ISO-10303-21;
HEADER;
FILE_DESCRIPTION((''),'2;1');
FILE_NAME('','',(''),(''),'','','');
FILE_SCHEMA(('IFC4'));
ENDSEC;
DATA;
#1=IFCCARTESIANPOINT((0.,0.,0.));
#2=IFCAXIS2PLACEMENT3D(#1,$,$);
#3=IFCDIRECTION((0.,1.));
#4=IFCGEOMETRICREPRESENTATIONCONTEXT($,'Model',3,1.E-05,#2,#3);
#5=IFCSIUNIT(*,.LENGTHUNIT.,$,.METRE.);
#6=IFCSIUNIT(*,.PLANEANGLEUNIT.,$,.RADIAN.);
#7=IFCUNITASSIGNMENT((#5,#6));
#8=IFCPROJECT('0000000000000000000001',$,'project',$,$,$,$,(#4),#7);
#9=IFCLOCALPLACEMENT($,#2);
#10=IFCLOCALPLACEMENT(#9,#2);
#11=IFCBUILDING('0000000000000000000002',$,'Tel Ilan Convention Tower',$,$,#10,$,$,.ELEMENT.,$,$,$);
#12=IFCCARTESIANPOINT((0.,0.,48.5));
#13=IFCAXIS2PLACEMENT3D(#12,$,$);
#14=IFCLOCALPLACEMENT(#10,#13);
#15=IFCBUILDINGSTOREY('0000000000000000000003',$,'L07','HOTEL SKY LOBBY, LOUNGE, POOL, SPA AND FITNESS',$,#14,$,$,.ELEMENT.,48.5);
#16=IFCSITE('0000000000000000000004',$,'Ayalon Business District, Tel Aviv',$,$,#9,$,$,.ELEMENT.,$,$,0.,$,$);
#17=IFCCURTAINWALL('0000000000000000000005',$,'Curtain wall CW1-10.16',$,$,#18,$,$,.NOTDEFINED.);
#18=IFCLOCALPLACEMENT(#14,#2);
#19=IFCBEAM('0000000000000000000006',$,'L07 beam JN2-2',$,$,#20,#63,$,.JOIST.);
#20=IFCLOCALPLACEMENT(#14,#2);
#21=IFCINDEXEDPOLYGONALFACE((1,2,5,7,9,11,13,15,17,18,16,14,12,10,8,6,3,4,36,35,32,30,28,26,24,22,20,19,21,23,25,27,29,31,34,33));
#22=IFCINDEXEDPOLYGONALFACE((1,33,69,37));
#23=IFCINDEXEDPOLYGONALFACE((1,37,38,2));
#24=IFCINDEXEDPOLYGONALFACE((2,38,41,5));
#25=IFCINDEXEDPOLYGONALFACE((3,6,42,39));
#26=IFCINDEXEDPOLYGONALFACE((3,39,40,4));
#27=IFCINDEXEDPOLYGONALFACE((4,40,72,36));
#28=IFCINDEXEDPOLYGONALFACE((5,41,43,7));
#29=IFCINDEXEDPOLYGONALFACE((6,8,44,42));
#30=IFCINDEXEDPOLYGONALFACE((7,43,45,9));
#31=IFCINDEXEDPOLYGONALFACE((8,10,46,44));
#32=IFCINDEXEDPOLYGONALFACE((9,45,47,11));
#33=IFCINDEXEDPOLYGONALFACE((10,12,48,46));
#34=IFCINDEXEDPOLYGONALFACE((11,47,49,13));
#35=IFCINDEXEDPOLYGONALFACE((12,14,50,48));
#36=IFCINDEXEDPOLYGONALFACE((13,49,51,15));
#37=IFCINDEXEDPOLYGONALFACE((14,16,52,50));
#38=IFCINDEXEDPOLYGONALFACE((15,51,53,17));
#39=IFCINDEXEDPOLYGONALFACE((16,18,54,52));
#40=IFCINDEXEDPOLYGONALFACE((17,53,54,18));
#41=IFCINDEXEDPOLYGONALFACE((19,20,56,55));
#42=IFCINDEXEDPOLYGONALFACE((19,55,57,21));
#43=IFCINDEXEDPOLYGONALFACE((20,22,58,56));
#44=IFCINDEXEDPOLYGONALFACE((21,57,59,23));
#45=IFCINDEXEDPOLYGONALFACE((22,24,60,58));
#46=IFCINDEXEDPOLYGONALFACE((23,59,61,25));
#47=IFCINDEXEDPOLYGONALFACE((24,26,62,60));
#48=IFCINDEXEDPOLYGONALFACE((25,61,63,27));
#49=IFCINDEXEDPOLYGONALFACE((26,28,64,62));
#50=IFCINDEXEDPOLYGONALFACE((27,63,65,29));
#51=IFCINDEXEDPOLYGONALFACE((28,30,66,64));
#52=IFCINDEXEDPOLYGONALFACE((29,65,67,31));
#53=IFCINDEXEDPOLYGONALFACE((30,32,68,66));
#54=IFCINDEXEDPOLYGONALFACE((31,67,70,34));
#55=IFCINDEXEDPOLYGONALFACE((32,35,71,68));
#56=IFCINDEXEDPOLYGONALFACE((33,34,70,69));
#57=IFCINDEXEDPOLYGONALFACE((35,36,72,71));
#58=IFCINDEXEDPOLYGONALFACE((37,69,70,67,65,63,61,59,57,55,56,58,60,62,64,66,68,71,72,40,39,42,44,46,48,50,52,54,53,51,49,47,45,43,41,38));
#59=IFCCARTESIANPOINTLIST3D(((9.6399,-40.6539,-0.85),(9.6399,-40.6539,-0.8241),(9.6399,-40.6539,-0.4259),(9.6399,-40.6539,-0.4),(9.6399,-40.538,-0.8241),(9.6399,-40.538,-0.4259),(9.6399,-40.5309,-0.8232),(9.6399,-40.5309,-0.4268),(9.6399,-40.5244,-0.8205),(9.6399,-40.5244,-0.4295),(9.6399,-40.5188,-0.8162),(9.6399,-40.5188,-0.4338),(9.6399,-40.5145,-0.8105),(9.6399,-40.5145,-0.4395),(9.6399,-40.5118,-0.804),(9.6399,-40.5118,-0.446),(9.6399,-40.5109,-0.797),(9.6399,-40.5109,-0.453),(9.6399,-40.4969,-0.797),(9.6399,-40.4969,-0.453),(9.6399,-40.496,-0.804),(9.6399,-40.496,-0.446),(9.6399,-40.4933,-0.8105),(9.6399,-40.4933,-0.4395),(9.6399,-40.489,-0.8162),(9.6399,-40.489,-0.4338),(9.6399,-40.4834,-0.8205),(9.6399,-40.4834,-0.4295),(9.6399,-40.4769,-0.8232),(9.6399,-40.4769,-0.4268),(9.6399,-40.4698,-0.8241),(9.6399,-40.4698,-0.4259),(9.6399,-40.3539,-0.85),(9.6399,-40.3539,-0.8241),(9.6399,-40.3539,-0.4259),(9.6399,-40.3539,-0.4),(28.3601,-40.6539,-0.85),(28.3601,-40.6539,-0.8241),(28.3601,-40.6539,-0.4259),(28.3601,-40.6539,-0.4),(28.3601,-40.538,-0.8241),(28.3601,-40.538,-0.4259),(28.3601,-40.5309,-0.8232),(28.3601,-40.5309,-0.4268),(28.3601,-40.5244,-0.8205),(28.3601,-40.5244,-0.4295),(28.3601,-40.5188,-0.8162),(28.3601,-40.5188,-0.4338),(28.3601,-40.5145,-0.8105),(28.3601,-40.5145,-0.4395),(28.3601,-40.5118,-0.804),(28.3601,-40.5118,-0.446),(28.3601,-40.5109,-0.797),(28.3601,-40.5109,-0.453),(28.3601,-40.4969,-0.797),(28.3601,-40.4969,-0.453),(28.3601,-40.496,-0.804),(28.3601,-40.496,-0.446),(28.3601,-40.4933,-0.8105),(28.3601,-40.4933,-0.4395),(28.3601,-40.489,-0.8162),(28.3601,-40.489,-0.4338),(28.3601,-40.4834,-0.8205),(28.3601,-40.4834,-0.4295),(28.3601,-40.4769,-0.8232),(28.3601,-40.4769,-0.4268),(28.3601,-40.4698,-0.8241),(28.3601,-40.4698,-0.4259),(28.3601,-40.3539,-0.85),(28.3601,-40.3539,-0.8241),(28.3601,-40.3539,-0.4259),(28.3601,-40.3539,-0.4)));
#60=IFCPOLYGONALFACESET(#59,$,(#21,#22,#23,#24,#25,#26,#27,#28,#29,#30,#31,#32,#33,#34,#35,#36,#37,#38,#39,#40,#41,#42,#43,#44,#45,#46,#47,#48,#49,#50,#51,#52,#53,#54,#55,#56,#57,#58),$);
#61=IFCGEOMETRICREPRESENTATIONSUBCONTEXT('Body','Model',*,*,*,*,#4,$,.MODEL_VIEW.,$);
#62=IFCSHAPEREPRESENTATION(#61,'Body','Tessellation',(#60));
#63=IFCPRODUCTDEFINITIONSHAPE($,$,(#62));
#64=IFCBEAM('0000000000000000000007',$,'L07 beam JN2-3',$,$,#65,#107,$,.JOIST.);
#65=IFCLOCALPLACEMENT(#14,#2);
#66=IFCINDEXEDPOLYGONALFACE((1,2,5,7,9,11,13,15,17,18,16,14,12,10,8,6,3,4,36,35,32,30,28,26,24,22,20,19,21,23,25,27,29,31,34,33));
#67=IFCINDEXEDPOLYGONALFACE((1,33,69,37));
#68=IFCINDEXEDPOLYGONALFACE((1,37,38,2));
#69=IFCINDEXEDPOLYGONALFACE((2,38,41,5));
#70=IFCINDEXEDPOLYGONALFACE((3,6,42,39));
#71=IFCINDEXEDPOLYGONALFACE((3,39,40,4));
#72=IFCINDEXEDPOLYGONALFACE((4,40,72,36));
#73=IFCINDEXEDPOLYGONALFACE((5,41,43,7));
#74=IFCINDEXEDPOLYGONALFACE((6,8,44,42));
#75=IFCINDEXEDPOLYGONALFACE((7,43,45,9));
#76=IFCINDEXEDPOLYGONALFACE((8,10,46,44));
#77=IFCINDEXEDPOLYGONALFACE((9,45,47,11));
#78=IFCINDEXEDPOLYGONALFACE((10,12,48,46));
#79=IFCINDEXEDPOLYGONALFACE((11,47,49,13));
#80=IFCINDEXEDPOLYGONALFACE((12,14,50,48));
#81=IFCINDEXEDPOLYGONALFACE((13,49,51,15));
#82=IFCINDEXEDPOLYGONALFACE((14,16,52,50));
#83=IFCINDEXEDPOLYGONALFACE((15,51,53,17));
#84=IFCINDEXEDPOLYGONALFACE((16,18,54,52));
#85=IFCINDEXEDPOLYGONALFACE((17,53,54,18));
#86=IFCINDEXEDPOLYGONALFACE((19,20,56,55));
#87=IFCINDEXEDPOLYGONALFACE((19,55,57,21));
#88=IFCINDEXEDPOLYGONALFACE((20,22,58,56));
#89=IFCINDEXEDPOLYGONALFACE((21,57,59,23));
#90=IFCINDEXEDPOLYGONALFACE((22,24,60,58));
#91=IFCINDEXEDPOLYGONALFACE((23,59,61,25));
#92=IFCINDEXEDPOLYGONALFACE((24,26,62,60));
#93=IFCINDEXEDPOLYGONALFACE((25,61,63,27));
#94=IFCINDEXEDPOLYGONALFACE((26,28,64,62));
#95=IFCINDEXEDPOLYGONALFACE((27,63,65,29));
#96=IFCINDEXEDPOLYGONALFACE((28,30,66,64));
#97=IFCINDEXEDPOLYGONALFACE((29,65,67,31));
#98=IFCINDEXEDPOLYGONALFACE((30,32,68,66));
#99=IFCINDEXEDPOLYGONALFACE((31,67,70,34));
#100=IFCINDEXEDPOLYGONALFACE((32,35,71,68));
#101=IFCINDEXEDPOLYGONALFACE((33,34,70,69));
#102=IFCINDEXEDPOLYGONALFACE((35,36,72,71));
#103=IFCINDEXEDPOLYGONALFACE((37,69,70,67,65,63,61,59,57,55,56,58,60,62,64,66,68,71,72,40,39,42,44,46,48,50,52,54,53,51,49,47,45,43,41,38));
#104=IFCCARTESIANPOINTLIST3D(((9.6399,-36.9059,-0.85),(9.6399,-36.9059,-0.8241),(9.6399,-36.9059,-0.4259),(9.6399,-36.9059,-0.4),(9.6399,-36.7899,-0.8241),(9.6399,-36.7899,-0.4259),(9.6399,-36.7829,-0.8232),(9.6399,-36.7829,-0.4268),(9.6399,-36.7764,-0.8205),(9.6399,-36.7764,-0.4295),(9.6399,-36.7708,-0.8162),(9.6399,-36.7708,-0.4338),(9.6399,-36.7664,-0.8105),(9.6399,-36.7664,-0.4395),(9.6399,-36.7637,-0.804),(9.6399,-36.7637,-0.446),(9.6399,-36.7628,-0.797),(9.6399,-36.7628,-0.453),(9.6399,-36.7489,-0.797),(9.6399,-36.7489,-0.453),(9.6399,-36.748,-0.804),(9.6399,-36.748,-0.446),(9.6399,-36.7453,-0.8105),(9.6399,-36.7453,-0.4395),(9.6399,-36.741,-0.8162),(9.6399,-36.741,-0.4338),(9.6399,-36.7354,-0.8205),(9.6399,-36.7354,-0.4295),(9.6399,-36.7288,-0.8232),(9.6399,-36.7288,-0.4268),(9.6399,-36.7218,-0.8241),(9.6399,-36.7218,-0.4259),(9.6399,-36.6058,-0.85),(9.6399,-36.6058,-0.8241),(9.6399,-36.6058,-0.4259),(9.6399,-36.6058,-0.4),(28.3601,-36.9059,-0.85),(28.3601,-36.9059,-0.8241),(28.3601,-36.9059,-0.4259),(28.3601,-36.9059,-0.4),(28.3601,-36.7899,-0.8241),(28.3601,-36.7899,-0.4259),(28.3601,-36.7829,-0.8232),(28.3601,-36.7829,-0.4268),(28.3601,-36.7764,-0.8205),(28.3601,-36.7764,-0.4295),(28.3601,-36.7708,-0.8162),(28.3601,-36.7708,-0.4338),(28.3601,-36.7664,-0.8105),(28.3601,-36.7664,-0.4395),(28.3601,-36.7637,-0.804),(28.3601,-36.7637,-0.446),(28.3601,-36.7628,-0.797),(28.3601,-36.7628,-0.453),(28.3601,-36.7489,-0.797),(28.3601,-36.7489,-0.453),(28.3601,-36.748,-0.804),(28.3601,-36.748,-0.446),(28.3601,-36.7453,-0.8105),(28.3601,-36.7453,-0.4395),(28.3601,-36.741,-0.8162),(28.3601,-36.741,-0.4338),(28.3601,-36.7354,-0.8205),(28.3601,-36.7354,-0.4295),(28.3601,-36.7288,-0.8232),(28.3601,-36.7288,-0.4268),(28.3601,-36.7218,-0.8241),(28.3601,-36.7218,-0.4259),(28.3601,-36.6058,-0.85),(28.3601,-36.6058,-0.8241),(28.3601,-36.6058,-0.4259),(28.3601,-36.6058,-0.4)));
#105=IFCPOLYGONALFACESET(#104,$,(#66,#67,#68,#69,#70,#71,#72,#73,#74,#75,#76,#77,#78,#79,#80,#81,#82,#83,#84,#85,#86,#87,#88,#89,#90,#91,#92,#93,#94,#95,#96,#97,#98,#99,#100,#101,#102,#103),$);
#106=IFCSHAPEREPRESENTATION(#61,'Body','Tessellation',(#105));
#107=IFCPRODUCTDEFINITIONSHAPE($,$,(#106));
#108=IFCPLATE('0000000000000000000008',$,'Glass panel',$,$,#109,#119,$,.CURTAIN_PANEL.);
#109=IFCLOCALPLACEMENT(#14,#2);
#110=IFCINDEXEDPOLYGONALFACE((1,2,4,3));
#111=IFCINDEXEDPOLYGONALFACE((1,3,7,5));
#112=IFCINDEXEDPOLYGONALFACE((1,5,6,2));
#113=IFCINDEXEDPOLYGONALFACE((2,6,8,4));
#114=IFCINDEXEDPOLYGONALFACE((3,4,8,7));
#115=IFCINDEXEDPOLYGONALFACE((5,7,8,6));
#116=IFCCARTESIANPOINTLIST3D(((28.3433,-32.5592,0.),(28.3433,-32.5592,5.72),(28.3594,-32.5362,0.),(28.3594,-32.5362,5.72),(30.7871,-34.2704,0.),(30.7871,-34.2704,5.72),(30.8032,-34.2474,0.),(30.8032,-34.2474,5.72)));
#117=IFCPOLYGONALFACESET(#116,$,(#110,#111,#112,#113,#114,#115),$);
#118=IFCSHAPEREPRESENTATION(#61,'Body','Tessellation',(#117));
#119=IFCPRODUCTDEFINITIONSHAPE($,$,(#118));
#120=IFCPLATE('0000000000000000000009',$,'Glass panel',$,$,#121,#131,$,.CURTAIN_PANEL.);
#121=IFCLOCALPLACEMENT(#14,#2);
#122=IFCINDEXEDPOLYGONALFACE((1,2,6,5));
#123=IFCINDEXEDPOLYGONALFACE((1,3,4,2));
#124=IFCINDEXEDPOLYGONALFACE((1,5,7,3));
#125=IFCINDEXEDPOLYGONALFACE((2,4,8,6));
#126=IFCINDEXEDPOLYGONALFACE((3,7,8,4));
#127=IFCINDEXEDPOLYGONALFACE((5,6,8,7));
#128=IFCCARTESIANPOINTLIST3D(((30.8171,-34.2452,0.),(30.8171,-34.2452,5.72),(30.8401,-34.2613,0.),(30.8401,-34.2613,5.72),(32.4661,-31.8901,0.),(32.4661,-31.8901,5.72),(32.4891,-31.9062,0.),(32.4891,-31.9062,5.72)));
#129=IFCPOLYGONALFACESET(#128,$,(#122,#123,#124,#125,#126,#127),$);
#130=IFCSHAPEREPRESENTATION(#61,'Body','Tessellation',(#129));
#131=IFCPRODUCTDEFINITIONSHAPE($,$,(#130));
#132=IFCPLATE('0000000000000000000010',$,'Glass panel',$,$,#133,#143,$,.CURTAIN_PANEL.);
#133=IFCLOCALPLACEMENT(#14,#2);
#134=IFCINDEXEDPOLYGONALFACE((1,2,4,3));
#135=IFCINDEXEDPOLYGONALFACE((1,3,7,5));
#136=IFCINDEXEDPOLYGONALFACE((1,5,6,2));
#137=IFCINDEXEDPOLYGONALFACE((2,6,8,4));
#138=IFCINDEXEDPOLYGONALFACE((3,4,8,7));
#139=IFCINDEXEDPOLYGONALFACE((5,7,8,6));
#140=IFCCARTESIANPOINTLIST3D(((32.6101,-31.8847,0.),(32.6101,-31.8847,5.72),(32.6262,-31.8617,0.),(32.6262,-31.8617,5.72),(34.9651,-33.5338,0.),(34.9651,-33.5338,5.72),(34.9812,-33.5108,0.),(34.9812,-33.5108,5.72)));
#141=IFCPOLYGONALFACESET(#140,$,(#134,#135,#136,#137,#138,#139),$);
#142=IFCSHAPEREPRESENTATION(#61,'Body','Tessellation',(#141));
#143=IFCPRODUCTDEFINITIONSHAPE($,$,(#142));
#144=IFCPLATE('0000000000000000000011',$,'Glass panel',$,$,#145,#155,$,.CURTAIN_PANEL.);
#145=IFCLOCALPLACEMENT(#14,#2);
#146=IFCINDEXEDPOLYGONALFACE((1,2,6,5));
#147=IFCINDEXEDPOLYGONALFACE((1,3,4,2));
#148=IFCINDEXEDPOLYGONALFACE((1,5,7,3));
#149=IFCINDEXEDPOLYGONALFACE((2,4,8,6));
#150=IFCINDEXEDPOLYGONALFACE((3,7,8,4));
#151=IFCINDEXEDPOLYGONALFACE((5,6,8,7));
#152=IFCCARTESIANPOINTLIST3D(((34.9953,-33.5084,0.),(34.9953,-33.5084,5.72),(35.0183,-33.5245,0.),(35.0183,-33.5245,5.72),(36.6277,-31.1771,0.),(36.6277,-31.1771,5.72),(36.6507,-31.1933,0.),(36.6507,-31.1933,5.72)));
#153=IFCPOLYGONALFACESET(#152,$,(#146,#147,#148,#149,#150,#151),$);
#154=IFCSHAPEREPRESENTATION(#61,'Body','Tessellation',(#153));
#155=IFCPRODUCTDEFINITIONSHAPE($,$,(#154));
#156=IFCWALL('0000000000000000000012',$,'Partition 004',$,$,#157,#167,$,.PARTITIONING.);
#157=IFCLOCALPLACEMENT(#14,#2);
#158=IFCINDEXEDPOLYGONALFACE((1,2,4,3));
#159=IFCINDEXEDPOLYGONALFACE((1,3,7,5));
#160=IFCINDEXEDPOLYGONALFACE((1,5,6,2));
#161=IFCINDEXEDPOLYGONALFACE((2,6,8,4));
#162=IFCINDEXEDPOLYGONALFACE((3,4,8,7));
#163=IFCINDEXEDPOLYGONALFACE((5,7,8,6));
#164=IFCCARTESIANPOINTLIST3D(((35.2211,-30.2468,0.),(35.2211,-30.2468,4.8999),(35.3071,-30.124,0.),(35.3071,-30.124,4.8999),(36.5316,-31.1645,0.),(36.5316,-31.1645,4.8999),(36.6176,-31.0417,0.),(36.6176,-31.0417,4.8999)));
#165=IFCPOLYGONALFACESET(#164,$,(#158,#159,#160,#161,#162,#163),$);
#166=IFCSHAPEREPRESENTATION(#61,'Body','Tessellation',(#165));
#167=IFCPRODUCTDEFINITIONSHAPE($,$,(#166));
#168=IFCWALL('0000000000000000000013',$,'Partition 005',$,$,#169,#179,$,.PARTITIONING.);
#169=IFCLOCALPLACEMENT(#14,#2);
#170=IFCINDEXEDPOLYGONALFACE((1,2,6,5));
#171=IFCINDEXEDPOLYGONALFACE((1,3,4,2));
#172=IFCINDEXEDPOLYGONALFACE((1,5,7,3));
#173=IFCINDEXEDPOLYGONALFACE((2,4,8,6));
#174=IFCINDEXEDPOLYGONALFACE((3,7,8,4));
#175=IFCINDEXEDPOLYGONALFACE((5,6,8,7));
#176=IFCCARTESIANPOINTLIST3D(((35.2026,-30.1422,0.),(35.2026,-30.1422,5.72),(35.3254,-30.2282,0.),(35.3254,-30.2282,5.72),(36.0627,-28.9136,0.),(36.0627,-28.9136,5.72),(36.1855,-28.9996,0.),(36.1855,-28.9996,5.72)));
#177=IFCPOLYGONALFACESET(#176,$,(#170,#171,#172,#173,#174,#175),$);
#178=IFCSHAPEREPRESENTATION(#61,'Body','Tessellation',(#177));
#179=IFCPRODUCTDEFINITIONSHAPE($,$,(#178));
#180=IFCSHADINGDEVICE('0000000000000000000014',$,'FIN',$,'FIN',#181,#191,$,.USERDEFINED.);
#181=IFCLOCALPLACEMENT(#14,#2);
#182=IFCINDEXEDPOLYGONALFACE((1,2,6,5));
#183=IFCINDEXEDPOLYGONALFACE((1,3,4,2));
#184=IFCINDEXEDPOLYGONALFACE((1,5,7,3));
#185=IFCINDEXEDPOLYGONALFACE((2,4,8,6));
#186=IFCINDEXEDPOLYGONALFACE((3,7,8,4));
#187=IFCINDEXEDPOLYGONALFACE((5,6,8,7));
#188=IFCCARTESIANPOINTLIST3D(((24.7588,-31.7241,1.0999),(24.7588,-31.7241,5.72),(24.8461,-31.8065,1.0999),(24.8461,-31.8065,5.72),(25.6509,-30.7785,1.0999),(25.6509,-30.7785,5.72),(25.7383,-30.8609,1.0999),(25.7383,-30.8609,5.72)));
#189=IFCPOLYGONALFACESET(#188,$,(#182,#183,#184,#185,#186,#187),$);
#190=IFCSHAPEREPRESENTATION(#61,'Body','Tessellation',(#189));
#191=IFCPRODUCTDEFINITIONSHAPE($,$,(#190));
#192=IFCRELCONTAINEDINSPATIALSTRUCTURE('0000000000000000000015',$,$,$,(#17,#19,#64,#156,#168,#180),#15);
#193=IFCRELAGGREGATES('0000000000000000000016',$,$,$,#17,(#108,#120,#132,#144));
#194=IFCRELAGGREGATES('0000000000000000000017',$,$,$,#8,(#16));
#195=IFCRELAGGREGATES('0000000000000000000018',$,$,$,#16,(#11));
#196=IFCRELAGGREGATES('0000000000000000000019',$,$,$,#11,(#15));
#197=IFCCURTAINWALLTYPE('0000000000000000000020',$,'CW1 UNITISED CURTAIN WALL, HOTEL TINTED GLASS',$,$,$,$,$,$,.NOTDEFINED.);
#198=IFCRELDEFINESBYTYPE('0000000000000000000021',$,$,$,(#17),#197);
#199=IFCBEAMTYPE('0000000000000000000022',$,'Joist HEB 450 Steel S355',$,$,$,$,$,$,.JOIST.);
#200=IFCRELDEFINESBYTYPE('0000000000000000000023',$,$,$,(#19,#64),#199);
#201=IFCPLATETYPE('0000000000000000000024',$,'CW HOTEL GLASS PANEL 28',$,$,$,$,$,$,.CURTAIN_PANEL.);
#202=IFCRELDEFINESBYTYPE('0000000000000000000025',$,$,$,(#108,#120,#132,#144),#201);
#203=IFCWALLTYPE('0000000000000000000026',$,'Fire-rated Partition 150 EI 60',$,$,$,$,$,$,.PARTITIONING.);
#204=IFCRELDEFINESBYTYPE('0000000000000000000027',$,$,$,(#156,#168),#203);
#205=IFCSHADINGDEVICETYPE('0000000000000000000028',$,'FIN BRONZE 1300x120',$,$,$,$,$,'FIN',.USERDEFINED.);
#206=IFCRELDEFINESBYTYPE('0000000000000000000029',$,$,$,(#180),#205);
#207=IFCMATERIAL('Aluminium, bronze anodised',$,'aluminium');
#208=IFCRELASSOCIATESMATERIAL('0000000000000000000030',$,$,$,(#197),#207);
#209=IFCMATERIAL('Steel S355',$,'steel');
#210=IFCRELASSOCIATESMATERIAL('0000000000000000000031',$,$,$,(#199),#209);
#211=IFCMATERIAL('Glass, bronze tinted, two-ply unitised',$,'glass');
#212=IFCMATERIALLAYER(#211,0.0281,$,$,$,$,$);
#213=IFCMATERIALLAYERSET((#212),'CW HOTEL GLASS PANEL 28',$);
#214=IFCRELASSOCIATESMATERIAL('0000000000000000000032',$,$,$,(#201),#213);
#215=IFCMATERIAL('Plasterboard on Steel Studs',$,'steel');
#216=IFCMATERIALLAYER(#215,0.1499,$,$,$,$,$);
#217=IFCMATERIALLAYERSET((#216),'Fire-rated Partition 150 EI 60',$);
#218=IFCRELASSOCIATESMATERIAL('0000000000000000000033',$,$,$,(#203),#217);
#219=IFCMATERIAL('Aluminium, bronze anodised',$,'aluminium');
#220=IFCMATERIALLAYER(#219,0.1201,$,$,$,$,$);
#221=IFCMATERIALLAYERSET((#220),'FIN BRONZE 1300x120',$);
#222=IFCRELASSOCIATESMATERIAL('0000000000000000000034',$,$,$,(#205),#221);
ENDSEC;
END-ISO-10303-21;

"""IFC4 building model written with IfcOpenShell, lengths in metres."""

from ifc_helpers import new_model, si_unit, direction, frame, frame_2d, origin, origin_2d, place, context, subcontext, project, spatial, rectangle, i_section, extrude, material, layer, layer_set, material_profile, profile_set, type_object, element, aggregate, save


model = new_model("IFC4")

# Units and contexts
model_context = context("Model", 3, precision=1e-05, world=origin(), true_north=direction((0.0, 1.0)))
body_context = subcontext(model_context, "Body", "Model", "MODEL_VIEW")
ifc_project = project(units=[si_unit("LENGTHUNIT", "METRE"), si_unit("PLANEANGLEUNIT", "RADIAN")], contexts=[model_context])

# Site, building, storey
site_placement = place(None, origin())
site = spatial("IfcSite", under=ifc_project, at=site_placement, Name="Ayalon Business District, Tel Aviv", CompositionType="ELEMENT", RefElevation=0.0)
building_placement = place(site_placement, origin())
building = spatial("IfcBuilding", under=site, at=building_placement, Name="Tel Ilan Convention Tower", CompositionType="ELEMENT")
storey_placement = place(building_placement, frame((0.0, 0.0, 48.5)))
storey = spatial("IfcBuildingStorey", under=building, at=storey_placement, Name="L07", Description="HOTEL SKY LOBBY, LOUNGE, POOL, SPA AND FITNESS", CompositionType="ELEMENT", Elevation=48.5)

# Curtain wall
ifc_material_1 = material(Name="Aluminium, bronze anodised", Category="aluminium")
curtain_wall_type = type_object("IfcCurtainWallType", Name="CW1 UNITISED CURTAIN WALL, HOTEL TINTED GLASS", PredefinedType="NOTDEFINED", material=ifc_material_1)
curtain_wall_1_placement = place(storey_placement, origin())
curtain_wall_1 = element("IfcCurtainWall", 1, at=curtain_wall_1_placement, inside=storey, type_object=curtain_wall_type, Name="Curtain wall CW1-10.16", PredefinedType="NOTDEFINED")

# Beams
ifc_material_2 = material(Name="Steel S355", Category="steel")
ifc_material_profile_1 = material_profile(ifc_material_2, i_section(OverallWidth=0.3, OverallDepth=0.45, WebThickness=0.0139, FlangeThickness=0.0259, FilletRadius=0.0271, at=origin_2d()), Name="HEB 450")
ifc_profile_set_1 = profile_set([ifc_material_profile_1], Name="Steel S355")
beam_type_1 = type_object("IfcBeamType", Name="Joist HEB 450 Steel S355", PredefinedType="JOIST", material=ifc_profile_set_1)
for number, where, z_axis, x_axis, name in (
    (2, (9.6399, -40.5039, -0.625), (1.0, 0.0, 0.0), (0.0, 1.0, 0.0), "L07 beam JN2-2"),
    (3, (9.6399, -36.7559, -0.625), (1.0, 0.0, 0.0), (0.0, 1.0, 0.0), "L07 beam JN2-3"),
):
    element("IfcBeam", number, at=place(storey_placement, frame(where, z_axis=z_axis, x_axis=x_axis)), inside=storey, type_object=beam_type_1, Name=name, PredefinedType="JOIST", context=body_context, shape_type="SweptSolid", body=[
        extrude(i_section(OverallWidth=0.3, OverallDepth=0.45, WebThickness=0.0139, FlangeThickness=0.0259, FilletRadius=0.0271, at=origin_2d()), origin(), (0.0, 0.0, 1.0), 18.7202),
    ])

# Plates
ifc_material_3 = material(Name="Glass, bronze tinted, two-ply unitised", Category="glass")
ifc_layer_1 = layer(ifc_material_3, 0.0281)
ifc_layer_set_1 = layer_set([ifc_layer_1], Name="CW HOTEL GLASS PANEL 28")
plate_type = type_object("IfcPlateType", Name="CW HOTEL GLASS PANEL 28", PredefinedType="CURTAIN_PANEL", material=ifc_layer_set_1)
plate_1_placement = place(storey_placement, frame((29.5732, -33.4033, 0.0), z_axis=(0.0, 0.0, 1.0), x_axis=(0.819152, -0.573576, 0.0)))
plate_1 = element("IfcPlate", 4, at=plate_1_placement, type_object=plate_type, Name="Glass panel", PredefinedType="CURTAIN_PANEL", context=body_context, shape_type="SweptSolid", body=[
    extrude(rectangle(XDim=2.9834, YDim=0.0281, at=origin_2d()), origin(), (0.0, 0.0, 1.0), 5.72),
])
plate_2_placement = place(storey_placement, frame((31.6531, -33.0757, 0.0), z_axis=(0.0, 0.0, 1.0), x_axis=(0.573576, 0.819152, 0.0)))
plate_2 = element("IfcPlate", 5, at=plate_2_placement, type_object=plate_type, Name="Glass panel", PredefinedType="CURTAIN_PANEL", context=body_context, shape_type="SweptSolid", body=[
    extrude(rectangle(XDim=2.875, YDim=0.0281, at=origin_2d()), origin(), (0.0, 0.0, 1.0), 5.72),
])
plate_3_placement = place(storey_placement, frame((33.7957, -32.6978, 0.0), z_axis=(0.0, 0.0, 1.0), x_axis=(0.819152, -0.573576, 0.0)))
plate_3 = element("IfcPlate", 6, at=plate_3_placement, type_object=plate_type, Name="Glass panel", PredefinedType="CURTAIN_PANEL", context=body_context, shape_type="SweptSolid", body=[
    extrude(rectangle(XDim=2.875, YDim=0.0281, at=origin_2d()), origin(), (0.0, 0.0, 1.0), 5.72),
])
plate_4_placement = place(storey_placement, frame((35.823, -32.3508, 0.0), z_axis=(0.0, 0.0, 1.0), x_axis=(0.573576, 0.819152, 0.0)))
plate_4 = element("IfcPlate", 7, at=plate_4_placement, type_object=plate_type, Name="Glass panel", PredefinedType="CURTAIN_PANEL", context=body_context, shape_type="SweptSolid", body=[
    extrude(rectangle(XDim=2.8459, YDim=0.0281, at=origin_2d()), origin(), (0.0, 0.0, 1.0), 5.72),
])
aggregate(curtain_wall_1, [plate_1, plate_2, plate_3, plate_4])

# Walls
ifc_material_4 = material(Name="Plasterboard on Steel Studs", Category="steel")
ifc_layer_2 = layer(ifc_material_4, 0.1499)
ifc_layer_set_2 = layer_set([ifc_layer_2], Name="Fire-rated Partition 150 EI 60")
wall_type_1 = type_object("IfcWallType", Name="Fire-rated Partition 150 EI 60", PredefinedType="PARTITIONING", material=ifc_layer_set_2)
wall_1_placement = place(storey_placement, frame((36.5745, -31.103, 0.0), z_axis=(0.0, 0.0, 1.0), x_axis=(-0.819132, 0.573606, 0.0)))
element("IfcWall", 8, at=wall_1_placement, inside=storey, type_object=wall_type_1, Name="Partition 004", PredefinedType="PARTITIONING", context=body_context, shape_type="SweptSolid", body=[
    extrude(rectangle(XDim=1.5999, YDim=0.1499, at=frame_2d((0.7998, 0.0))), origin(), (0.0, 0.0, 1.0), 4.8999),
])
wall_2_placement = place(storey_placement, frame((35.2639, -30.1853, 0.0), z_axis=(0.0, 0.0, 1.0), x_axis=(0.573528, 0.819186, 0.0)))
element("IfcWall", 9, at=wall_2_placement, inside=storey, type_object=wall_type_1, Name="Partition 005", PredefinedType="PARTITIONING", context=body_context, shape_type="SweptSolid", body=[
    extrude(rectangle(XDim=1.4998, YDim=0.1499, at=frame_2d((0.75, 0.0))), origin(), (0.0, 0.0, 1.0), 5.72),
])

# Shading device
ifc_material_5 = material(Name="Aluminium, bronze anodised", Category="aluminium")
ifc_layer_3 = layer(ifc_material_5, 0.1201)
ifc_layer_set_3 = layer_set([ifc_layer_3], Name="FIN BRONZE 1300x120")
shading_device_type = type_object("IfcShadingDeviceType", Name="FIN BRONZE 1300x120", ElementType="FIN", PredefinedType="USERDEFINED", material=ifc_layer_set_3)
for number, where, z_axis, x_axis, name in (
    (10, (25.2485, -31.2925, 1.0999), (0.0, 0.0, 1.0), (-0.686242, -0.727374, 0.0), "FIN"),
):
    element("IfcShadingDevice", number, at=place(storey_placement, frame(where, z_axis=z_axis, x_axis=x_axis)), inside=storey, type_object=shading_device_type, Name=name, ObjectType="FIN", PredefinedType="USERDEFINED", context=body_context, shape_type="SweptSolid", body=[
        extrude(rectangle(XDim=1.3, YDim=0.1201, at=origin_2d()), origin(), (0.0, 0.0, 1.0), 4.6201),
    ])

save(model, "model.ifc")
